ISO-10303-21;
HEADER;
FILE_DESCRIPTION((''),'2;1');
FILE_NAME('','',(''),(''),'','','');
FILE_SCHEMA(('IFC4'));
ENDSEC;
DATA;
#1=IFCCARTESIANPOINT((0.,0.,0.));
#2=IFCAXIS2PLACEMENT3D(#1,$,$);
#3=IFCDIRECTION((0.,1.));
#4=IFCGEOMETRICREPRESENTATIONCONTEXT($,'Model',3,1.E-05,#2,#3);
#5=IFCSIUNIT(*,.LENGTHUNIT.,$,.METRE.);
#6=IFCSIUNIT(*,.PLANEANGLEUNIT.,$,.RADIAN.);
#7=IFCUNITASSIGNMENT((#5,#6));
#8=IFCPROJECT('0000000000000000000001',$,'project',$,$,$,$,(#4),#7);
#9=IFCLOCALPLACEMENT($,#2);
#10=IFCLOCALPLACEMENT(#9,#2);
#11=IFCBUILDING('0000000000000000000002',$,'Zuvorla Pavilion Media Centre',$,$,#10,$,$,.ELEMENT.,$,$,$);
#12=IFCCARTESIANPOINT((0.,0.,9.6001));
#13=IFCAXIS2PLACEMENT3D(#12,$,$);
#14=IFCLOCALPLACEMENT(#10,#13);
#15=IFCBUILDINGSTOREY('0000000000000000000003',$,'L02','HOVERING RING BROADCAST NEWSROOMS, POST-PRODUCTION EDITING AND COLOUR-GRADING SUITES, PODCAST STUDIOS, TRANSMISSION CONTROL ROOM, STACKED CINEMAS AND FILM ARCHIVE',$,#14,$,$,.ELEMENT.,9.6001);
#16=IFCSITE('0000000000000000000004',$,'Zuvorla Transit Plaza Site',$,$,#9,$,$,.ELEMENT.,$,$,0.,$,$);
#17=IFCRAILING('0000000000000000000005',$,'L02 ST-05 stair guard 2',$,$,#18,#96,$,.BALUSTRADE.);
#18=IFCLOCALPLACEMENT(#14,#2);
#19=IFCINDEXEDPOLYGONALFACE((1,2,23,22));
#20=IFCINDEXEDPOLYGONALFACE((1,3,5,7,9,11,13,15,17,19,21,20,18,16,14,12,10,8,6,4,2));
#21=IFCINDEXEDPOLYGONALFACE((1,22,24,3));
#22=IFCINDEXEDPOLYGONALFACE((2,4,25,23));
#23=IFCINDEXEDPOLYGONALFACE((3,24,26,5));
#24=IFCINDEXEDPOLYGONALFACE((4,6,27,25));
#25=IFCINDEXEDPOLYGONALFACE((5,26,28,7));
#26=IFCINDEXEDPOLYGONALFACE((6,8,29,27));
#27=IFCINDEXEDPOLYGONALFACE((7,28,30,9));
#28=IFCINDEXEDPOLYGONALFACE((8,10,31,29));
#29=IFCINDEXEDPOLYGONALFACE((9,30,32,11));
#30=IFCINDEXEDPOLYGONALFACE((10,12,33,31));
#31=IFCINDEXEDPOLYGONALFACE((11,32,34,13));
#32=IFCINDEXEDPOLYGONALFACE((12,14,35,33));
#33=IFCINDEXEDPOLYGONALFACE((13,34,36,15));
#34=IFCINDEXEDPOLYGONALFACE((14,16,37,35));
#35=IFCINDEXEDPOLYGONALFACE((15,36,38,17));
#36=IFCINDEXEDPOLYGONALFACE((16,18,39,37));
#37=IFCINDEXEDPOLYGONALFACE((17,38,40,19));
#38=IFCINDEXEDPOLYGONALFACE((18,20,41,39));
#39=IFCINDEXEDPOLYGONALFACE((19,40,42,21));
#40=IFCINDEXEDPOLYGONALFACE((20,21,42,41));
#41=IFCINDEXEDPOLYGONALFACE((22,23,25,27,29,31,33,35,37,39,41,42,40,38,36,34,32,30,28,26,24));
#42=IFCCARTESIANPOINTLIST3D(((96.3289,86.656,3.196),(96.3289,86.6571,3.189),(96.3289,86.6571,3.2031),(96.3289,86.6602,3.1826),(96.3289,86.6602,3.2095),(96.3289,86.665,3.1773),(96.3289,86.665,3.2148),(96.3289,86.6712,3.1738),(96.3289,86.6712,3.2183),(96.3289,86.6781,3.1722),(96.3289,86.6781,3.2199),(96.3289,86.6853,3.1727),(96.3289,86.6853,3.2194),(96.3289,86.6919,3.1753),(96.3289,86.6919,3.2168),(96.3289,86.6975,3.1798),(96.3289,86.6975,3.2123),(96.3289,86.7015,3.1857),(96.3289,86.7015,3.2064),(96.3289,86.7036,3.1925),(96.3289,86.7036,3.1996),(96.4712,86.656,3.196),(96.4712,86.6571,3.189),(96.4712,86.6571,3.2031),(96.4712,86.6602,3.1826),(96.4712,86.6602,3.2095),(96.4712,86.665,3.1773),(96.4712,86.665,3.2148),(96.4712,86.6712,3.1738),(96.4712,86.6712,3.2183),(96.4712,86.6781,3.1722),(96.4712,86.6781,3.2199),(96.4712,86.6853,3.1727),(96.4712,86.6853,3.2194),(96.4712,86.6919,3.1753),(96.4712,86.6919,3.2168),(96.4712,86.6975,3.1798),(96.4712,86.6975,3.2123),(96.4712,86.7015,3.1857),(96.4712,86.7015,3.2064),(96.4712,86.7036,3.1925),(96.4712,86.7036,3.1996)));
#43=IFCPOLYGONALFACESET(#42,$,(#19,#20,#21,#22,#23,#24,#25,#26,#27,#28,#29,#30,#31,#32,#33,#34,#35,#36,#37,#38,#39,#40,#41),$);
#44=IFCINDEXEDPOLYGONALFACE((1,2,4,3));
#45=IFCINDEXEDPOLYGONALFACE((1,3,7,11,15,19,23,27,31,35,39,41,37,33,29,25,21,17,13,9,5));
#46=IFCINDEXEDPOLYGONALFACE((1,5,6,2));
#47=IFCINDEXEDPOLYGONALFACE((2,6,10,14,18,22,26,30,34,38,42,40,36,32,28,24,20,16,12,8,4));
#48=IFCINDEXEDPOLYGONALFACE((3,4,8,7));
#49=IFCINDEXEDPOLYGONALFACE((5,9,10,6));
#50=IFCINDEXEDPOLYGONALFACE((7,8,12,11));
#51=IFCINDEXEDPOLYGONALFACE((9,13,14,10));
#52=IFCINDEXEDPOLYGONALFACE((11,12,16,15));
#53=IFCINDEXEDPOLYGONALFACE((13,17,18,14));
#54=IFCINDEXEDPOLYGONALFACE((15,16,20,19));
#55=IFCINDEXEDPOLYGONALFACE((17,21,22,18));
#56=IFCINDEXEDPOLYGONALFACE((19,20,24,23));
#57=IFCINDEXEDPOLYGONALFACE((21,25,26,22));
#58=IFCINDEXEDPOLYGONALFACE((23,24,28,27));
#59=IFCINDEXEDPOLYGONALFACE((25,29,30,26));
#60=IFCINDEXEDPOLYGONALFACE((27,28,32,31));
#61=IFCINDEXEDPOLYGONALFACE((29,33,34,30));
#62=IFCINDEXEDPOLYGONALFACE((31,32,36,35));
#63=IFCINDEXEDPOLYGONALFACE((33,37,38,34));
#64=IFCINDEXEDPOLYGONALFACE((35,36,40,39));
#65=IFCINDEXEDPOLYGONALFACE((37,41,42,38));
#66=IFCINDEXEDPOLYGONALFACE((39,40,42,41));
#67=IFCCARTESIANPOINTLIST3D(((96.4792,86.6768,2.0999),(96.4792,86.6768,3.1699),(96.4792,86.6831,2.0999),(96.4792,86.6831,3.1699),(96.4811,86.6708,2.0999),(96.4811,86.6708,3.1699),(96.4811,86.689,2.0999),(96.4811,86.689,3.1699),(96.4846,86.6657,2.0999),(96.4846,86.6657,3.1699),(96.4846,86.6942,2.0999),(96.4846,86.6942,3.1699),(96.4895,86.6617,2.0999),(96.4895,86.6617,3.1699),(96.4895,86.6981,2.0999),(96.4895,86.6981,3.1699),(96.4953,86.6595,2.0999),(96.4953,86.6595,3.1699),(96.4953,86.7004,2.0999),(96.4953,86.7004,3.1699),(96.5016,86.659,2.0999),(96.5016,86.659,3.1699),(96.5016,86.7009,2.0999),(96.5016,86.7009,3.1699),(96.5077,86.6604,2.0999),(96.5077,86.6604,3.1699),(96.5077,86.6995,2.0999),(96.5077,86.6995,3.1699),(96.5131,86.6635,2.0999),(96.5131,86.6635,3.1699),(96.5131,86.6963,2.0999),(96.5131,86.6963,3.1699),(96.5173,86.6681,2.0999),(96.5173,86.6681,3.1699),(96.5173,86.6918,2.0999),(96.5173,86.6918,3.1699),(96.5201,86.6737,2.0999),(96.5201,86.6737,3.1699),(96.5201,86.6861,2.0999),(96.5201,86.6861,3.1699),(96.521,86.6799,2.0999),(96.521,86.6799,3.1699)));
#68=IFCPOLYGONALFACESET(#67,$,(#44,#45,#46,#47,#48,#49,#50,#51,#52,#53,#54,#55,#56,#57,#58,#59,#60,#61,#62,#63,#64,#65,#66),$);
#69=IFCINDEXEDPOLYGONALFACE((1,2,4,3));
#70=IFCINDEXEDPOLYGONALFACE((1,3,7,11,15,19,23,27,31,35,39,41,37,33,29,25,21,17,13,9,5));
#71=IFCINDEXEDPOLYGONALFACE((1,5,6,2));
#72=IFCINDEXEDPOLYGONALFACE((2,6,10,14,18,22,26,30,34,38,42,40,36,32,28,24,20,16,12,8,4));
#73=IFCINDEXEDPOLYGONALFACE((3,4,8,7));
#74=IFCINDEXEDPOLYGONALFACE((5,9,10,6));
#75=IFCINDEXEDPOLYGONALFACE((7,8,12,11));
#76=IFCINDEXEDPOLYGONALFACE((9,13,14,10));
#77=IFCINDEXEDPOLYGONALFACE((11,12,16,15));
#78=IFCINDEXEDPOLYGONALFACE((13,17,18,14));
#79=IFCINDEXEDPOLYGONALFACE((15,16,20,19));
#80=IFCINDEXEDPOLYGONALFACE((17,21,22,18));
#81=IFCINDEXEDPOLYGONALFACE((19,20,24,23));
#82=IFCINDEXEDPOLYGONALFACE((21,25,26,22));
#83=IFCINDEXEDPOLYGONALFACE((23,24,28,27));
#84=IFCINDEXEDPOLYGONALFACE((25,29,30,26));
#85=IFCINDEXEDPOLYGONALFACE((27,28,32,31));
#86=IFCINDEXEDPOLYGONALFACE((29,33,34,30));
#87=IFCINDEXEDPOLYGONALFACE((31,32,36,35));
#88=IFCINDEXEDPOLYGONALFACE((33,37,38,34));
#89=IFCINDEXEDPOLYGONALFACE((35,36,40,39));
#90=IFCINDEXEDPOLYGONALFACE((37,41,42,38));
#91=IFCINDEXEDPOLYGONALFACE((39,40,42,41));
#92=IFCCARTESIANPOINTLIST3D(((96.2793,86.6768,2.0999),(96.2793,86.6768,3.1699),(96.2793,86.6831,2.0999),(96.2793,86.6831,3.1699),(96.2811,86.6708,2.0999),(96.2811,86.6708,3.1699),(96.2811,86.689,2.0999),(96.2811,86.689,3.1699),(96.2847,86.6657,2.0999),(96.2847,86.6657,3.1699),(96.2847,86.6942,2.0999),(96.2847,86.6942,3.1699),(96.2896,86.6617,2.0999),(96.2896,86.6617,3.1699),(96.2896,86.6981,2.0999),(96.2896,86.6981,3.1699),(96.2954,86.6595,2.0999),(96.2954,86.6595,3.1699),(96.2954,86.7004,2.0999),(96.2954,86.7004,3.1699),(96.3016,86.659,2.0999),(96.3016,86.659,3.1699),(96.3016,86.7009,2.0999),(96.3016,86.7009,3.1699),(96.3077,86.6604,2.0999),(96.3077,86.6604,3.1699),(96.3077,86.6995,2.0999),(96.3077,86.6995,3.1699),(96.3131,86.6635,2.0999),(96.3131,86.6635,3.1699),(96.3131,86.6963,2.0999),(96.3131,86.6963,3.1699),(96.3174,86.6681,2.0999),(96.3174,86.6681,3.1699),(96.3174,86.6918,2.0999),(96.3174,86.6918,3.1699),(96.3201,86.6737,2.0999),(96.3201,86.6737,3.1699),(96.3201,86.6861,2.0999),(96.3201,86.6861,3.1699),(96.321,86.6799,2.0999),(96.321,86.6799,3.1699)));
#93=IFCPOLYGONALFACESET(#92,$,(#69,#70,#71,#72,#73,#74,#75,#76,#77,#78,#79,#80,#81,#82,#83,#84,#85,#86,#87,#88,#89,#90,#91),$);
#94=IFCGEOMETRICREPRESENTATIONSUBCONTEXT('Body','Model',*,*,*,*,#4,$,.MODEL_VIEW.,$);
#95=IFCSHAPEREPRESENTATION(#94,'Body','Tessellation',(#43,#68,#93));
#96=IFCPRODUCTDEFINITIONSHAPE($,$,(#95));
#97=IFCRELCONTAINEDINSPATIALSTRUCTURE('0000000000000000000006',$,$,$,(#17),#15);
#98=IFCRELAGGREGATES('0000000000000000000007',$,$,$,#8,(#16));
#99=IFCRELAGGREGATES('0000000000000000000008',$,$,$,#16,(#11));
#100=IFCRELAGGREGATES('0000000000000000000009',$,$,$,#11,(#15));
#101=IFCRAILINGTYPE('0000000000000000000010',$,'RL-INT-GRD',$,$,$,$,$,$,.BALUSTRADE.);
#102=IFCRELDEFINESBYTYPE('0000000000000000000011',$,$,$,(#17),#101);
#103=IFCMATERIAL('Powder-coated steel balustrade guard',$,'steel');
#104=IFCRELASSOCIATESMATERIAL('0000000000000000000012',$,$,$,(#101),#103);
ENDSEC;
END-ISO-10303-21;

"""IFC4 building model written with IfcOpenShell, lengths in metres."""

from ifc_helpers import new_model, si_unit, direction, frame, origin, origin_2d, place, context, subcontext, project, spatial, circle, extrude, material, type_object, element, save


model = new_model("IFC4")

# Units and contexts
model_context = context("Model", 3, precision=1e-05, world=origin(), true_north=direction((0.0, 1.0)))
body_context = subcontext(model_context, "Body", "Model", "MODEL_VIEW")
ifc_project = project(units=[si_unit("LENGTHUNIT", "METRE"), si_unit("PLANEANGLEUNIT", "RADIAN")], contexts=[model_context])

# Site, building, storey
site_placement = place(None, origin())
site = spatial("IfcSite", under=ifc_project, at=site_placement, Name="Zuvorla Transit Plaza Site", CompositionType="ELEMENT", RefElevation=0.0)
building_placement = place(site_placement, origin())
building = spatial("IfcBuilding", under=site, at=building_placement, Name="Zuvorla Pavilion Media Centre", CompositionType="ELEMENT")
storey_placement = place(building_placement, frame((0.0, 0.0, 9.6001)))
storey = spatial("IfcBuildingStorey", under=building, at=storey_placement, Name="L02", Description="HOVERING RING BROADCAST NEWSROOMS, POST-PRODUCTION EDITING AND COLOUR-GRADING SUITES, PODCAST STUDIOS, TRANSMISSION CONTROL ROOM, STACKED CINEMAS AND FILM ARCHIVE", CompositionType="ELEMENT", Elevation=9.6001)

# Railing
ifc_material_1 = material(Name="Powder-coated steel balustrade guard", Category="steel")
railing_type_1 = type_object("IfcRailingType", Name="RL-INT-GRD", PredefinedType="BALUSTRADE", material=ifc_material_1)
railing_1_placement = place(storey_placement, frame((96.5, 86.6799, 2.0999)))
element("IfcRailing", 1, at=railing_1_placement, inside=storey, type_object=railing_type_1, Name="L02 ST-05 stair guard 2", PredefinedType="BALUSTRADE", context=body_context, shape_type="SweptSolid", body=[
    extrude(circle(Radius=0.0239, at=origin_2d()), frame((-0.0288, 0.0, 1.0962), z_axis=(-1.0, 0.0, 0.0), x_axis=(0.0, -1.0, 0.0)), (0.0, 0.0, 1.0), 0.1423),
    extrude(circle(Radius=0.021, at=origin_2d()), origin(), (0.0, 0.0, 1.0), 1.0701),
    extrude(circle(Radius=0.021, at=origin_2d()), frame((-0.2, 0.0, 0.0)), (0.0, 0.0, 1.0), 1.0701),
])

save(model, "model.ifc")
